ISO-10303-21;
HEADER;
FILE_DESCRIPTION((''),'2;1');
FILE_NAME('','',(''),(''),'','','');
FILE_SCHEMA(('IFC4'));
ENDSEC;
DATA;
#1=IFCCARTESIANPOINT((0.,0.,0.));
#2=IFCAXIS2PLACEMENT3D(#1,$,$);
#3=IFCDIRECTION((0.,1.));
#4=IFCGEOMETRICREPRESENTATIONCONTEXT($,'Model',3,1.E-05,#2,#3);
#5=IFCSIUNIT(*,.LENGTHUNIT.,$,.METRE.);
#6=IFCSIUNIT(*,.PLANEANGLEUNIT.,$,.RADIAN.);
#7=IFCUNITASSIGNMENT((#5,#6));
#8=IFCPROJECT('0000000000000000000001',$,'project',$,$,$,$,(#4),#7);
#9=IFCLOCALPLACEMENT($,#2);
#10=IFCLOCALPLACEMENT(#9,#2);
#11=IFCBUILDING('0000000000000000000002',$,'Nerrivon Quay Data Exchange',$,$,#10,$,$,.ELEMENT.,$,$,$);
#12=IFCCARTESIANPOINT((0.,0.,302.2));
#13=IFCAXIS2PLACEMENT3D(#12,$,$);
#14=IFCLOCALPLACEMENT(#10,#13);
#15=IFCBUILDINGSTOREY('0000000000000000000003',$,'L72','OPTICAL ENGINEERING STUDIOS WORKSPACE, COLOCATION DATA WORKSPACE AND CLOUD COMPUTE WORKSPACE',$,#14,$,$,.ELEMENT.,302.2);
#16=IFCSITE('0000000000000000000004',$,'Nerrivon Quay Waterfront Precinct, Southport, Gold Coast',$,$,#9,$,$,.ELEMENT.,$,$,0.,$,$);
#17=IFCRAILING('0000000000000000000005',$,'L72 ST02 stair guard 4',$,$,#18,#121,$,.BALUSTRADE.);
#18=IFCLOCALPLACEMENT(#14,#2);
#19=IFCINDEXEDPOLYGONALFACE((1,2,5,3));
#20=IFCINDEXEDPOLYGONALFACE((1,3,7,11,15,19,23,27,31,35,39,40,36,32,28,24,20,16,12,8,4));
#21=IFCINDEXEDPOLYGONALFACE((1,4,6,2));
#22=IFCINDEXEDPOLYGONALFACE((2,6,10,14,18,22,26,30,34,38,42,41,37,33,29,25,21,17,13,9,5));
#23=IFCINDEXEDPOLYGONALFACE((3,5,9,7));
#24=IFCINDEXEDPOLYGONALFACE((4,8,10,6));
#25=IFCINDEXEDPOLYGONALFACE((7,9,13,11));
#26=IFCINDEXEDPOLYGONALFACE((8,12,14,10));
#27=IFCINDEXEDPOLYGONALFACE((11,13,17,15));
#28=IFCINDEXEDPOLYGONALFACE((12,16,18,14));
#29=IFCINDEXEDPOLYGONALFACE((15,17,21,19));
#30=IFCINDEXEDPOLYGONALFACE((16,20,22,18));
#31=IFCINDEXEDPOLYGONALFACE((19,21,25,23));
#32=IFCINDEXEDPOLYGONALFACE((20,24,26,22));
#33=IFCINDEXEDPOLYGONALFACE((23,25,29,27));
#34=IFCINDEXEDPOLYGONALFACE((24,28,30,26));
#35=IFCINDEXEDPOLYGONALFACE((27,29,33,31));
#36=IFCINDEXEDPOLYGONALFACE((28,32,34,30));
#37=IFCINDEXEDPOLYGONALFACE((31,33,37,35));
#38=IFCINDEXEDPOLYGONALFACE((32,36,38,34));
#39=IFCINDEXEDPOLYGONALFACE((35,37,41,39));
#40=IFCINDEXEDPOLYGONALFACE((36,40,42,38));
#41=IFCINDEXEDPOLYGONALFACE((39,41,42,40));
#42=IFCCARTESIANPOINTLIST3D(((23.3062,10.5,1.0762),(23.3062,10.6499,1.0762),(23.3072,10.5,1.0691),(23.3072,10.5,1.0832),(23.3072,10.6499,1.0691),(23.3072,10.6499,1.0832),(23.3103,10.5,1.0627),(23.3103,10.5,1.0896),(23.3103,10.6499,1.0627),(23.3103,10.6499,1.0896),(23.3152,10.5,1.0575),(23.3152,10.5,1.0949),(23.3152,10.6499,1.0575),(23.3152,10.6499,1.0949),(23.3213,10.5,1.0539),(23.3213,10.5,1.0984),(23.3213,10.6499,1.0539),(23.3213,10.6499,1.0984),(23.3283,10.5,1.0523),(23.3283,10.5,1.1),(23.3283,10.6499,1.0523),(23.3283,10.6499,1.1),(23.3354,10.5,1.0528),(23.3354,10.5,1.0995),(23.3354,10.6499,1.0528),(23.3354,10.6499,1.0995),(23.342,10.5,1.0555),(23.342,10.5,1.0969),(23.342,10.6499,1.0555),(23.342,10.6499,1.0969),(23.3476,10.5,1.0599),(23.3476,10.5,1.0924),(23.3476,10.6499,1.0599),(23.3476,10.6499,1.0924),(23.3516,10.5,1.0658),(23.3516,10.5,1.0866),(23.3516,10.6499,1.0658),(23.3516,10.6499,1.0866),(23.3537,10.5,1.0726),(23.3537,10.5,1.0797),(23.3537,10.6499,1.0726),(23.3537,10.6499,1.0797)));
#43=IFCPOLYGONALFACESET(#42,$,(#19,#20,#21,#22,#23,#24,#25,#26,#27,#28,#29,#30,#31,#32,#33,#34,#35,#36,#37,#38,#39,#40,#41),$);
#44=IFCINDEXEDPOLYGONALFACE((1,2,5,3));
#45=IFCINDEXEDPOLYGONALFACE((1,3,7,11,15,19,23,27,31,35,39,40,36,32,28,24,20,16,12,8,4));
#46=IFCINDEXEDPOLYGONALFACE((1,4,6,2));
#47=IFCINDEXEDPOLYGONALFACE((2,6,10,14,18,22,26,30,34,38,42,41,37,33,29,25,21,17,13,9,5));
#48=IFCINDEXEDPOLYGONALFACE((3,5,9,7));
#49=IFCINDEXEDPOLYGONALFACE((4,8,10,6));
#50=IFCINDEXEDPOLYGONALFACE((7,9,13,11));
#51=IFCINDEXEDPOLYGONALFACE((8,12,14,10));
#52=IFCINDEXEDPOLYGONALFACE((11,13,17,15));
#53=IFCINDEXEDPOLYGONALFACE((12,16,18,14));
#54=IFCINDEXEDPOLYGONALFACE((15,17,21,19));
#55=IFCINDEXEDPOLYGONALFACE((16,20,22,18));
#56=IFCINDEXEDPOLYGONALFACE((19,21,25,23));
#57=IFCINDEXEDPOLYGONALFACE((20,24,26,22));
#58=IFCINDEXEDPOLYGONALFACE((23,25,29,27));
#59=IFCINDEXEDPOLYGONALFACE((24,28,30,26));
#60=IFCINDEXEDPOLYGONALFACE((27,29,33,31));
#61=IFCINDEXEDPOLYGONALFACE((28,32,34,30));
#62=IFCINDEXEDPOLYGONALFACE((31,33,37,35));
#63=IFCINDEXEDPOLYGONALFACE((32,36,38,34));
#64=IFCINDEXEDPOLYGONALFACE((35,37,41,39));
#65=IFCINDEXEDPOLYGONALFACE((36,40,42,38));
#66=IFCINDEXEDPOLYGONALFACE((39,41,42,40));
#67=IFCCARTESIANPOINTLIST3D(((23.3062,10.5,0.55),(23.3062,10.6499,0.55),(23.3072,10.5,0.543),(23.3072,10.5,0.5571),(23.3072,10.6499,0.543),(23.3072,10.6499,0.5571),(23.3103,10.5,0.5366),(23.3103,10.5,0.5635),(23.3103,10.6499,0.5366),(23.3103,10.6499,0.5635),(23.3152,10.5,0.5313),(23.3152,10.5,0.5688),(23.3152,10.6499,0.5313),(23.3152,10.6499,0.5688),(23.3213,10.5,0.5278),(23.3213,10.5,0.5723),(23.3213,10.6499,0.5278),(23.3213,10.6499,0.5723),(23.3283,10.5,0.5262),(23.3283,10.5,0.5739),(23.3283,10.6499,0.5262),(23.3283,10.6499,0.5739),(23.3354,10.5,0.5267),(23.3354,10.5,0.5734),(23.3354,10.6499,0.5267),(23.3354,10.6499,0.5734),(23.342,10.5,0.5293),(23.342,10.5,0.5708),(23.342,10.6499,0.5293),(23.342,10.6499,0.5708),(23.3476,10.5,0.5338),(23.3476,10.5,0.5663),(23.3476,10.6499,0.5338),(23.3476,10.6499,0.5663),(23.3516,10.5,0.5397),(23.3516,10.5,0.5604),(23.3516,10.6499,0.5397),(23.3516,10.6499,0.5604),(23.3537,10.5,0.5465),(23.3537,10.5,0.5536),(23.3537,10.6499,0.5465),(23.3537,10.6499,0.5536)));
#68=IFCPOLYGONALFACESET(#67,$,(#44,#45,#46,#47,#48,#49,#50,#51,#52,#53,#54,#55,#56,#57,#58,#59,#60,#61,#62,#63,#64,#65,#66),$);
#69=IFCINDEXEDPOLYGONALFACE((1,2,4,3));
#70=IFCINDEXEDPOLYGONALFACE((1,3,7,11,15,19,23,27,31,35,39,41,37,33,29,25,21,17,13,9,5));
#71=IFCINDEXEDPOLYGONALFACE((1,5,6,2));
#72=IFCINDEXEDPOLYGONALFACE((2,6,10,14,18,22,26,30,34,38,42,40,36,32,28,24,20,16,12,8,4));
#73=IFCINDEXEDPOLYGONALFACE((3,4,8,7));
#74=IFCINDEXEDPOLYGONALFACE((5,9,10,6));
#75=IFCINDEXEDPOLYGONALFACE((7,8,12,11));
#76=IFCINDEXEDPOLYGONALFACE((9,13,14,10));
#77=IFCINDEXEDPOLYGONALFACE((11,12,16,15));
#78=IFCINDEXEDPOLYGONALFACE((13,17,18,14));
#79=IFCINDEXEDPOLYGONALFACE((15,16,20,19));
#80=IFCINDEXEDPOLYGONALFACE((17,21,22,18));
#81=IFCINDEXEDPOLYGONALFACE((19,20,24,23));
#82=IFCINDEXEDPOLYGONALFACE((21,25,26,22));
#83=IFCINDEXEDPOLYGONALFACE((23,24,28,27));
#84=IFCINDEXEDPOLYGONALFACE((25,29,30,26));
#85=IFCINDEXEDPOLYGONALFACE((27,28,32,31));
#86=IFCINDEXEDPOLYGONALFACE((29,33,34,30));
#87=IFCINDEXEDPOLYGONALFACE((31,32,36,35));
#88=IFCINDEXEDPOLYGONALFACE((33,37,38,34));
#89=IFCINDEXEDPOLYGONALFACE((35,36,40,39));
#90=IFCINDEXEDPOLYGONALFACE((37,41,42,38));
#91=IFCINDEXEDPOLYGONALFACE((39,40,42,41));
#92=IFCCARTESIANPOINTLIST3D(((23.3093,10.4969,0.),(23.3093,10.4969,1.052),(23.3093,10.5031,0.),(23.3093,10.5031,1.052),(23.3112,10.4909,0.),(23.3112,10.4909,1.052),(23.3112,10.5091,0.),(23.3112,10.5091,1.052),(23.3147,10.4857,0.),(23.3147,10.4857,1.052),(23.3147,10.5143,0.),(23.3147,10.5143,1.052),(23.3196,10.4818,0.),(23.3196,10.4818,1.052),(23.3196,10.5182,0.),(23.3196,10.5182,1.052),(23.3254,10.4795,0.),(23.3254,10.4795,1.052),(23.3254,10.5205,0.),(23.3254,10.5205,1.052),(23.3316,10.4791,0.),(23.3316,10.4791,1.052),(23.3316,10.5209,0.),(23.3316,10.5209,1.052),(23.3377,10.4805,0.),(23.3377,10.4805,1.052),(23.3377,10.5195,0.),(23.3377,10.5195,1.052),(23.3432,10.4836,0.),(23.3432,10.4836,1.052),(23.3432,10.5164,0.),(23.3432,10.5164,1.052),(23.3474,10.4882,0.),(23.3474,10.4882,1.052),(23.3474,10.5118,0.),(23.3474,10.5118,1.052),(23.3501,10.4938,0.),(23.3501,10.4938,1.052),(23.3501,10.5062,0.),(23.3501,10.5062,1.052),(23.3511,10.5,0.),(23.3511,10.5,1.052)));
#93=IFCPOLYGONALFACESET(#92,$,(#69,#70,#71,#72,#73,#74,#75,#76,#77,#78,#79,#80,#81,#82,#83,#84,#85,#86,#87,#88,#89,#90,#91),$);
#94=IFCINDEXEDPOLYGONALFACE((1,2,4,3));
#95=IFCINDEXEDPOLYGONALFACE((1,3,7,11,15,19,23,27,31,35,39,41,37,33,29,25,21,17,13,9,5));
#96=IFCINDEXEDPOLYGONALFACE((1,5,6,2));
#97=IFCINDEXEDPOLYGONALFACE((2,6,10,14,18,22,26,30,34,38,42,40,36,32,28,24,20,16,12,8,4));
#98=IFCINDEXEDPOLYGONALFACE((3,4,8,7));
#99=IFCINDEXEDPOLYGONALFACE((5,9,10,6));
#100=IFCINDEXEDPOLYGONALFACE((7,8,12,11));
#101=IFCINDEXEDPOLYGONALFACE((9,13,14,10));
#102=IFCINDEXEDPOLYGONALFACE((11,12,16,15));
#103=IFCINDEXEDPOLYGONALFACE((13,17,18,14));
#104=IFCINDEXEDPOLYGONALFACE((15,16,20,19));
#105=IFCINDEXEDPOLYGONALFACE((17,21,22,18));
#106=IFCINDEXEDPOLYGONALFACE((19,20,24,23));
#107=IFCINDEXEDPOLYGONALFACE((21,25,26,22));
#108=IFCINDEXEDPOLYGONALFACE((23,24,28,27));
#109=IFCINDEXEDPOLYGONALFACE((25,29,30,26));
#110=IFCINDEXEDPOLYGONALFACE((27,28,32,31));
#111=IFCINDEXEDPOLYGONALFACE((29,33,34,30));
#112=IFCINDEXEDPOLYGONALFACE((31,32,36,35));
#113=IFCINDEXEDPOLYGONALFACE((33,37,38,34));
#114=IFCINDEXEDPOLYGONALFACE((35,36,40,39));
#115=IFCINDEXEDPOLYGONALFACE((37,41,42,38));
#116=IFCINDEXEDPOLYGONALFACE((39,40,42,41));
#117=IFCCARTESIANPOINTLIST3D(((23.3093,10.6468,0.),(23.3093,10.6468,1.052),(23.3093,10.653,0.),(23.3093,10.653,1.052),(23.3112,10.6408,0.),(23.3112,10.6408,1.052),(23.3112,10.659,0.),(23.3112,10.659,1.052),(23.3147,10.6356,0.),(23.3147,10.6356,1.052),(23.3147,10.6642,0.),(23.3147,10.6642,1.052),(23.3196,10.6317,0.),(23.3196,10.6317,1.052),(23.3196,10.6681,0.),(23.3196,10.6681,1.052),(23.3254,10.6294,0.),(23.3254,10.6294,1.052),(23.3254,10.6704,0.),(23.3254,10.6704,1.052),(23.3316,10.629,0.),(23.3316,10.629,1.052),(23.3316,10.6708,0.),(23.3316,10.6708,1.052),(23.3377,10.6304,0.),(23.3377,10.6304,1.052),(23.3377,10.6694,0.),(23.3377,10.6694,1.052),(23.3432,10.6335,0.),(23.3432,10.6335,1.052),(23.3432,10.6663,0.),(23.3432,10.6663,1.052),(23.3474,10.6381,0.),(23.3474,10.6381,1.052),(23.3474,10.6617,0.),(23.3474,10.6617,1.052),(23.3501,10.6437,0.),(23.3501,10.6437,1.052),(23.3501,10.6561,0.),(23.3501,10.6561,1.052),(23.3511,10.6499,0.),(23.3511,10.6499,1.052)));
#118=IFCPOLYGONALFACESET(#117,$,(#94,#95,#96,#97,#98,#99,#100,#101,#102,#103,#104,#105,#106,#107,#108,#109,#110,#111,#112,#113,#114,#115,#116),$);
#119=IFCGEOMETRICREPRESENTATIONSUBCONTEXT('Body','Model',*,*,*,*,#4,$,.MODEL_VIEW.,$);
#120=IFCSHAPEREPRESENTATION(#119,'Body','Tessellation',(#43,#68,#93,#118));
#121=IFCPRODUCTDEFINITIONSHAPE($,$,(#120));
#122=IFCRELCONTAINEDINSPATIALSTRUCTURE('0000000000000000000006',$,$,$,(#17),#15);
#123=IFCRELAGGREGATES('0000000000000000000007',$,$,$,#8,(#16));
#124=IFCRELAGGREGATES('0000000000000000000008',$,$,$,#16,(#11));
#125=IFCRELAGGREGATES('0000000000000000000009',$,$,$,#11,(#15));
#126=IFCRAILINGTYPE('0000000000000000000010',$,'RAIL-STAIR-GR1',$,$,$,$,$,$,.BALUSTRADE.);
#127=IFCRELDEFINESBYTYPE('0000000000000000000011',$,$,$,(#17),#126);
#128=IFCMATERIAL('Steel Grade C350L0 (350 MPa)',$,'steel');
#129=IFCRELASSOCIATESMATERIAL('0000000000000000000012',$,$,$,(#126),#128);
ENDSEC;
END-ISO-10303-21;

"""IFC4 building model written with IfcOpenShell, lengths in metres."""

from ifc_helpers import new_model, si_unit, direction, frame, origin, origin_2d, place, context, subcontext, project, spatial, circle, extrude, material, type_object, element, save


model = new_model("IFC4")

# Units and contexts
model_context = context("Model", 3, precision=1e-05, world=origin(), true_north=direction((0.0, 1.0)))
body_context = subcontext(model_context, "Body", "Model", "MODEL_VIEW")
ifc_project = project(units=[si_unit("LENGTHUNIT", "METRE"), si_unit("PLANEANGLEUNIT", "RADIAN")], contexts=[model_context])

# Site, building, storey
site_placement = place(None, origin())
site = spatial("IfcSite", under=ifc_project, at=site_placement, Name="Nerrivon Quay Waterfront Precinct, Southport, Gold Coast", CompositionType="ELEMENT", RefElevation=0.0)
building_placement = place(site_placement, origin())
building = spatial("IfcBuilding", under=site, at=building_placement, Name="Nerrivon Quay Data Exchange", CompositionType="ELEMENT")
storey_placement = place(building_placement, frame((0.0, 0.0, 302.2)))
storey = spatial("IfcBuildingStorey", under=building, at=storey_placement, Name="L72", Description="OPTICAL ENGINEERING STUDIOS WORKSPACE, COLOCATION DATA WORKSPACE AND CLOUD COMPUTE WORKSPACE", CompositionType="ELEMENT", Elevation=302.2)

# Railing
ifc_material_1 = material(Name="Steel Grade C350L0 (350 MPa)", Category="steel")
railing_type_1 = type_object("IfcRailingType", Name="RAIL-STAIR-GR1", PredefinedType="BALUSTRADE", material=ifc_material_1)
railing_1_placement = place(storey_placement, frame((23.3301, 10.5, 0.0)))
element("IfcRailing", 1, at=railing_1_placement, inside=storey, type_object=railing_type_1, Name="L72 ST02 stair guard 4", PredefinedType="BALUSTRADE", context=body_context, shape_type="SweptSolid", body=[
    extrude(circle(Radius=0.0239, at=origin_2d()), frame((0.0, 0.0, 1.0762), z_axis=(0.0, 1.0, 0.0), x_axis=(-1.0, 0.0, 0.0)), (0.0, 0.0, 1.0), 0.1499),
    extrude(circle(Radius=0.0239, at=origin_2d()), frame((0.0, 0.0, 0.55), z_axis=(0.0, 1.0, 0.0), x_axis=(-1.0, 0.0, 0.0)), (0.0, 0.0, 1.0), 0.1499),
    extrude(circle(Radius=0.021, at=origin_2d()), origin(), (0.0, 0.0, 1.0), 1.052),
    extrude(circle(Radius=0.021, at=origin_2d()), frame((0.0, 0.1499, 0.0)), (0.0, 0.0, 1.0), 1.052),
])

save(model, "model.ifc")
